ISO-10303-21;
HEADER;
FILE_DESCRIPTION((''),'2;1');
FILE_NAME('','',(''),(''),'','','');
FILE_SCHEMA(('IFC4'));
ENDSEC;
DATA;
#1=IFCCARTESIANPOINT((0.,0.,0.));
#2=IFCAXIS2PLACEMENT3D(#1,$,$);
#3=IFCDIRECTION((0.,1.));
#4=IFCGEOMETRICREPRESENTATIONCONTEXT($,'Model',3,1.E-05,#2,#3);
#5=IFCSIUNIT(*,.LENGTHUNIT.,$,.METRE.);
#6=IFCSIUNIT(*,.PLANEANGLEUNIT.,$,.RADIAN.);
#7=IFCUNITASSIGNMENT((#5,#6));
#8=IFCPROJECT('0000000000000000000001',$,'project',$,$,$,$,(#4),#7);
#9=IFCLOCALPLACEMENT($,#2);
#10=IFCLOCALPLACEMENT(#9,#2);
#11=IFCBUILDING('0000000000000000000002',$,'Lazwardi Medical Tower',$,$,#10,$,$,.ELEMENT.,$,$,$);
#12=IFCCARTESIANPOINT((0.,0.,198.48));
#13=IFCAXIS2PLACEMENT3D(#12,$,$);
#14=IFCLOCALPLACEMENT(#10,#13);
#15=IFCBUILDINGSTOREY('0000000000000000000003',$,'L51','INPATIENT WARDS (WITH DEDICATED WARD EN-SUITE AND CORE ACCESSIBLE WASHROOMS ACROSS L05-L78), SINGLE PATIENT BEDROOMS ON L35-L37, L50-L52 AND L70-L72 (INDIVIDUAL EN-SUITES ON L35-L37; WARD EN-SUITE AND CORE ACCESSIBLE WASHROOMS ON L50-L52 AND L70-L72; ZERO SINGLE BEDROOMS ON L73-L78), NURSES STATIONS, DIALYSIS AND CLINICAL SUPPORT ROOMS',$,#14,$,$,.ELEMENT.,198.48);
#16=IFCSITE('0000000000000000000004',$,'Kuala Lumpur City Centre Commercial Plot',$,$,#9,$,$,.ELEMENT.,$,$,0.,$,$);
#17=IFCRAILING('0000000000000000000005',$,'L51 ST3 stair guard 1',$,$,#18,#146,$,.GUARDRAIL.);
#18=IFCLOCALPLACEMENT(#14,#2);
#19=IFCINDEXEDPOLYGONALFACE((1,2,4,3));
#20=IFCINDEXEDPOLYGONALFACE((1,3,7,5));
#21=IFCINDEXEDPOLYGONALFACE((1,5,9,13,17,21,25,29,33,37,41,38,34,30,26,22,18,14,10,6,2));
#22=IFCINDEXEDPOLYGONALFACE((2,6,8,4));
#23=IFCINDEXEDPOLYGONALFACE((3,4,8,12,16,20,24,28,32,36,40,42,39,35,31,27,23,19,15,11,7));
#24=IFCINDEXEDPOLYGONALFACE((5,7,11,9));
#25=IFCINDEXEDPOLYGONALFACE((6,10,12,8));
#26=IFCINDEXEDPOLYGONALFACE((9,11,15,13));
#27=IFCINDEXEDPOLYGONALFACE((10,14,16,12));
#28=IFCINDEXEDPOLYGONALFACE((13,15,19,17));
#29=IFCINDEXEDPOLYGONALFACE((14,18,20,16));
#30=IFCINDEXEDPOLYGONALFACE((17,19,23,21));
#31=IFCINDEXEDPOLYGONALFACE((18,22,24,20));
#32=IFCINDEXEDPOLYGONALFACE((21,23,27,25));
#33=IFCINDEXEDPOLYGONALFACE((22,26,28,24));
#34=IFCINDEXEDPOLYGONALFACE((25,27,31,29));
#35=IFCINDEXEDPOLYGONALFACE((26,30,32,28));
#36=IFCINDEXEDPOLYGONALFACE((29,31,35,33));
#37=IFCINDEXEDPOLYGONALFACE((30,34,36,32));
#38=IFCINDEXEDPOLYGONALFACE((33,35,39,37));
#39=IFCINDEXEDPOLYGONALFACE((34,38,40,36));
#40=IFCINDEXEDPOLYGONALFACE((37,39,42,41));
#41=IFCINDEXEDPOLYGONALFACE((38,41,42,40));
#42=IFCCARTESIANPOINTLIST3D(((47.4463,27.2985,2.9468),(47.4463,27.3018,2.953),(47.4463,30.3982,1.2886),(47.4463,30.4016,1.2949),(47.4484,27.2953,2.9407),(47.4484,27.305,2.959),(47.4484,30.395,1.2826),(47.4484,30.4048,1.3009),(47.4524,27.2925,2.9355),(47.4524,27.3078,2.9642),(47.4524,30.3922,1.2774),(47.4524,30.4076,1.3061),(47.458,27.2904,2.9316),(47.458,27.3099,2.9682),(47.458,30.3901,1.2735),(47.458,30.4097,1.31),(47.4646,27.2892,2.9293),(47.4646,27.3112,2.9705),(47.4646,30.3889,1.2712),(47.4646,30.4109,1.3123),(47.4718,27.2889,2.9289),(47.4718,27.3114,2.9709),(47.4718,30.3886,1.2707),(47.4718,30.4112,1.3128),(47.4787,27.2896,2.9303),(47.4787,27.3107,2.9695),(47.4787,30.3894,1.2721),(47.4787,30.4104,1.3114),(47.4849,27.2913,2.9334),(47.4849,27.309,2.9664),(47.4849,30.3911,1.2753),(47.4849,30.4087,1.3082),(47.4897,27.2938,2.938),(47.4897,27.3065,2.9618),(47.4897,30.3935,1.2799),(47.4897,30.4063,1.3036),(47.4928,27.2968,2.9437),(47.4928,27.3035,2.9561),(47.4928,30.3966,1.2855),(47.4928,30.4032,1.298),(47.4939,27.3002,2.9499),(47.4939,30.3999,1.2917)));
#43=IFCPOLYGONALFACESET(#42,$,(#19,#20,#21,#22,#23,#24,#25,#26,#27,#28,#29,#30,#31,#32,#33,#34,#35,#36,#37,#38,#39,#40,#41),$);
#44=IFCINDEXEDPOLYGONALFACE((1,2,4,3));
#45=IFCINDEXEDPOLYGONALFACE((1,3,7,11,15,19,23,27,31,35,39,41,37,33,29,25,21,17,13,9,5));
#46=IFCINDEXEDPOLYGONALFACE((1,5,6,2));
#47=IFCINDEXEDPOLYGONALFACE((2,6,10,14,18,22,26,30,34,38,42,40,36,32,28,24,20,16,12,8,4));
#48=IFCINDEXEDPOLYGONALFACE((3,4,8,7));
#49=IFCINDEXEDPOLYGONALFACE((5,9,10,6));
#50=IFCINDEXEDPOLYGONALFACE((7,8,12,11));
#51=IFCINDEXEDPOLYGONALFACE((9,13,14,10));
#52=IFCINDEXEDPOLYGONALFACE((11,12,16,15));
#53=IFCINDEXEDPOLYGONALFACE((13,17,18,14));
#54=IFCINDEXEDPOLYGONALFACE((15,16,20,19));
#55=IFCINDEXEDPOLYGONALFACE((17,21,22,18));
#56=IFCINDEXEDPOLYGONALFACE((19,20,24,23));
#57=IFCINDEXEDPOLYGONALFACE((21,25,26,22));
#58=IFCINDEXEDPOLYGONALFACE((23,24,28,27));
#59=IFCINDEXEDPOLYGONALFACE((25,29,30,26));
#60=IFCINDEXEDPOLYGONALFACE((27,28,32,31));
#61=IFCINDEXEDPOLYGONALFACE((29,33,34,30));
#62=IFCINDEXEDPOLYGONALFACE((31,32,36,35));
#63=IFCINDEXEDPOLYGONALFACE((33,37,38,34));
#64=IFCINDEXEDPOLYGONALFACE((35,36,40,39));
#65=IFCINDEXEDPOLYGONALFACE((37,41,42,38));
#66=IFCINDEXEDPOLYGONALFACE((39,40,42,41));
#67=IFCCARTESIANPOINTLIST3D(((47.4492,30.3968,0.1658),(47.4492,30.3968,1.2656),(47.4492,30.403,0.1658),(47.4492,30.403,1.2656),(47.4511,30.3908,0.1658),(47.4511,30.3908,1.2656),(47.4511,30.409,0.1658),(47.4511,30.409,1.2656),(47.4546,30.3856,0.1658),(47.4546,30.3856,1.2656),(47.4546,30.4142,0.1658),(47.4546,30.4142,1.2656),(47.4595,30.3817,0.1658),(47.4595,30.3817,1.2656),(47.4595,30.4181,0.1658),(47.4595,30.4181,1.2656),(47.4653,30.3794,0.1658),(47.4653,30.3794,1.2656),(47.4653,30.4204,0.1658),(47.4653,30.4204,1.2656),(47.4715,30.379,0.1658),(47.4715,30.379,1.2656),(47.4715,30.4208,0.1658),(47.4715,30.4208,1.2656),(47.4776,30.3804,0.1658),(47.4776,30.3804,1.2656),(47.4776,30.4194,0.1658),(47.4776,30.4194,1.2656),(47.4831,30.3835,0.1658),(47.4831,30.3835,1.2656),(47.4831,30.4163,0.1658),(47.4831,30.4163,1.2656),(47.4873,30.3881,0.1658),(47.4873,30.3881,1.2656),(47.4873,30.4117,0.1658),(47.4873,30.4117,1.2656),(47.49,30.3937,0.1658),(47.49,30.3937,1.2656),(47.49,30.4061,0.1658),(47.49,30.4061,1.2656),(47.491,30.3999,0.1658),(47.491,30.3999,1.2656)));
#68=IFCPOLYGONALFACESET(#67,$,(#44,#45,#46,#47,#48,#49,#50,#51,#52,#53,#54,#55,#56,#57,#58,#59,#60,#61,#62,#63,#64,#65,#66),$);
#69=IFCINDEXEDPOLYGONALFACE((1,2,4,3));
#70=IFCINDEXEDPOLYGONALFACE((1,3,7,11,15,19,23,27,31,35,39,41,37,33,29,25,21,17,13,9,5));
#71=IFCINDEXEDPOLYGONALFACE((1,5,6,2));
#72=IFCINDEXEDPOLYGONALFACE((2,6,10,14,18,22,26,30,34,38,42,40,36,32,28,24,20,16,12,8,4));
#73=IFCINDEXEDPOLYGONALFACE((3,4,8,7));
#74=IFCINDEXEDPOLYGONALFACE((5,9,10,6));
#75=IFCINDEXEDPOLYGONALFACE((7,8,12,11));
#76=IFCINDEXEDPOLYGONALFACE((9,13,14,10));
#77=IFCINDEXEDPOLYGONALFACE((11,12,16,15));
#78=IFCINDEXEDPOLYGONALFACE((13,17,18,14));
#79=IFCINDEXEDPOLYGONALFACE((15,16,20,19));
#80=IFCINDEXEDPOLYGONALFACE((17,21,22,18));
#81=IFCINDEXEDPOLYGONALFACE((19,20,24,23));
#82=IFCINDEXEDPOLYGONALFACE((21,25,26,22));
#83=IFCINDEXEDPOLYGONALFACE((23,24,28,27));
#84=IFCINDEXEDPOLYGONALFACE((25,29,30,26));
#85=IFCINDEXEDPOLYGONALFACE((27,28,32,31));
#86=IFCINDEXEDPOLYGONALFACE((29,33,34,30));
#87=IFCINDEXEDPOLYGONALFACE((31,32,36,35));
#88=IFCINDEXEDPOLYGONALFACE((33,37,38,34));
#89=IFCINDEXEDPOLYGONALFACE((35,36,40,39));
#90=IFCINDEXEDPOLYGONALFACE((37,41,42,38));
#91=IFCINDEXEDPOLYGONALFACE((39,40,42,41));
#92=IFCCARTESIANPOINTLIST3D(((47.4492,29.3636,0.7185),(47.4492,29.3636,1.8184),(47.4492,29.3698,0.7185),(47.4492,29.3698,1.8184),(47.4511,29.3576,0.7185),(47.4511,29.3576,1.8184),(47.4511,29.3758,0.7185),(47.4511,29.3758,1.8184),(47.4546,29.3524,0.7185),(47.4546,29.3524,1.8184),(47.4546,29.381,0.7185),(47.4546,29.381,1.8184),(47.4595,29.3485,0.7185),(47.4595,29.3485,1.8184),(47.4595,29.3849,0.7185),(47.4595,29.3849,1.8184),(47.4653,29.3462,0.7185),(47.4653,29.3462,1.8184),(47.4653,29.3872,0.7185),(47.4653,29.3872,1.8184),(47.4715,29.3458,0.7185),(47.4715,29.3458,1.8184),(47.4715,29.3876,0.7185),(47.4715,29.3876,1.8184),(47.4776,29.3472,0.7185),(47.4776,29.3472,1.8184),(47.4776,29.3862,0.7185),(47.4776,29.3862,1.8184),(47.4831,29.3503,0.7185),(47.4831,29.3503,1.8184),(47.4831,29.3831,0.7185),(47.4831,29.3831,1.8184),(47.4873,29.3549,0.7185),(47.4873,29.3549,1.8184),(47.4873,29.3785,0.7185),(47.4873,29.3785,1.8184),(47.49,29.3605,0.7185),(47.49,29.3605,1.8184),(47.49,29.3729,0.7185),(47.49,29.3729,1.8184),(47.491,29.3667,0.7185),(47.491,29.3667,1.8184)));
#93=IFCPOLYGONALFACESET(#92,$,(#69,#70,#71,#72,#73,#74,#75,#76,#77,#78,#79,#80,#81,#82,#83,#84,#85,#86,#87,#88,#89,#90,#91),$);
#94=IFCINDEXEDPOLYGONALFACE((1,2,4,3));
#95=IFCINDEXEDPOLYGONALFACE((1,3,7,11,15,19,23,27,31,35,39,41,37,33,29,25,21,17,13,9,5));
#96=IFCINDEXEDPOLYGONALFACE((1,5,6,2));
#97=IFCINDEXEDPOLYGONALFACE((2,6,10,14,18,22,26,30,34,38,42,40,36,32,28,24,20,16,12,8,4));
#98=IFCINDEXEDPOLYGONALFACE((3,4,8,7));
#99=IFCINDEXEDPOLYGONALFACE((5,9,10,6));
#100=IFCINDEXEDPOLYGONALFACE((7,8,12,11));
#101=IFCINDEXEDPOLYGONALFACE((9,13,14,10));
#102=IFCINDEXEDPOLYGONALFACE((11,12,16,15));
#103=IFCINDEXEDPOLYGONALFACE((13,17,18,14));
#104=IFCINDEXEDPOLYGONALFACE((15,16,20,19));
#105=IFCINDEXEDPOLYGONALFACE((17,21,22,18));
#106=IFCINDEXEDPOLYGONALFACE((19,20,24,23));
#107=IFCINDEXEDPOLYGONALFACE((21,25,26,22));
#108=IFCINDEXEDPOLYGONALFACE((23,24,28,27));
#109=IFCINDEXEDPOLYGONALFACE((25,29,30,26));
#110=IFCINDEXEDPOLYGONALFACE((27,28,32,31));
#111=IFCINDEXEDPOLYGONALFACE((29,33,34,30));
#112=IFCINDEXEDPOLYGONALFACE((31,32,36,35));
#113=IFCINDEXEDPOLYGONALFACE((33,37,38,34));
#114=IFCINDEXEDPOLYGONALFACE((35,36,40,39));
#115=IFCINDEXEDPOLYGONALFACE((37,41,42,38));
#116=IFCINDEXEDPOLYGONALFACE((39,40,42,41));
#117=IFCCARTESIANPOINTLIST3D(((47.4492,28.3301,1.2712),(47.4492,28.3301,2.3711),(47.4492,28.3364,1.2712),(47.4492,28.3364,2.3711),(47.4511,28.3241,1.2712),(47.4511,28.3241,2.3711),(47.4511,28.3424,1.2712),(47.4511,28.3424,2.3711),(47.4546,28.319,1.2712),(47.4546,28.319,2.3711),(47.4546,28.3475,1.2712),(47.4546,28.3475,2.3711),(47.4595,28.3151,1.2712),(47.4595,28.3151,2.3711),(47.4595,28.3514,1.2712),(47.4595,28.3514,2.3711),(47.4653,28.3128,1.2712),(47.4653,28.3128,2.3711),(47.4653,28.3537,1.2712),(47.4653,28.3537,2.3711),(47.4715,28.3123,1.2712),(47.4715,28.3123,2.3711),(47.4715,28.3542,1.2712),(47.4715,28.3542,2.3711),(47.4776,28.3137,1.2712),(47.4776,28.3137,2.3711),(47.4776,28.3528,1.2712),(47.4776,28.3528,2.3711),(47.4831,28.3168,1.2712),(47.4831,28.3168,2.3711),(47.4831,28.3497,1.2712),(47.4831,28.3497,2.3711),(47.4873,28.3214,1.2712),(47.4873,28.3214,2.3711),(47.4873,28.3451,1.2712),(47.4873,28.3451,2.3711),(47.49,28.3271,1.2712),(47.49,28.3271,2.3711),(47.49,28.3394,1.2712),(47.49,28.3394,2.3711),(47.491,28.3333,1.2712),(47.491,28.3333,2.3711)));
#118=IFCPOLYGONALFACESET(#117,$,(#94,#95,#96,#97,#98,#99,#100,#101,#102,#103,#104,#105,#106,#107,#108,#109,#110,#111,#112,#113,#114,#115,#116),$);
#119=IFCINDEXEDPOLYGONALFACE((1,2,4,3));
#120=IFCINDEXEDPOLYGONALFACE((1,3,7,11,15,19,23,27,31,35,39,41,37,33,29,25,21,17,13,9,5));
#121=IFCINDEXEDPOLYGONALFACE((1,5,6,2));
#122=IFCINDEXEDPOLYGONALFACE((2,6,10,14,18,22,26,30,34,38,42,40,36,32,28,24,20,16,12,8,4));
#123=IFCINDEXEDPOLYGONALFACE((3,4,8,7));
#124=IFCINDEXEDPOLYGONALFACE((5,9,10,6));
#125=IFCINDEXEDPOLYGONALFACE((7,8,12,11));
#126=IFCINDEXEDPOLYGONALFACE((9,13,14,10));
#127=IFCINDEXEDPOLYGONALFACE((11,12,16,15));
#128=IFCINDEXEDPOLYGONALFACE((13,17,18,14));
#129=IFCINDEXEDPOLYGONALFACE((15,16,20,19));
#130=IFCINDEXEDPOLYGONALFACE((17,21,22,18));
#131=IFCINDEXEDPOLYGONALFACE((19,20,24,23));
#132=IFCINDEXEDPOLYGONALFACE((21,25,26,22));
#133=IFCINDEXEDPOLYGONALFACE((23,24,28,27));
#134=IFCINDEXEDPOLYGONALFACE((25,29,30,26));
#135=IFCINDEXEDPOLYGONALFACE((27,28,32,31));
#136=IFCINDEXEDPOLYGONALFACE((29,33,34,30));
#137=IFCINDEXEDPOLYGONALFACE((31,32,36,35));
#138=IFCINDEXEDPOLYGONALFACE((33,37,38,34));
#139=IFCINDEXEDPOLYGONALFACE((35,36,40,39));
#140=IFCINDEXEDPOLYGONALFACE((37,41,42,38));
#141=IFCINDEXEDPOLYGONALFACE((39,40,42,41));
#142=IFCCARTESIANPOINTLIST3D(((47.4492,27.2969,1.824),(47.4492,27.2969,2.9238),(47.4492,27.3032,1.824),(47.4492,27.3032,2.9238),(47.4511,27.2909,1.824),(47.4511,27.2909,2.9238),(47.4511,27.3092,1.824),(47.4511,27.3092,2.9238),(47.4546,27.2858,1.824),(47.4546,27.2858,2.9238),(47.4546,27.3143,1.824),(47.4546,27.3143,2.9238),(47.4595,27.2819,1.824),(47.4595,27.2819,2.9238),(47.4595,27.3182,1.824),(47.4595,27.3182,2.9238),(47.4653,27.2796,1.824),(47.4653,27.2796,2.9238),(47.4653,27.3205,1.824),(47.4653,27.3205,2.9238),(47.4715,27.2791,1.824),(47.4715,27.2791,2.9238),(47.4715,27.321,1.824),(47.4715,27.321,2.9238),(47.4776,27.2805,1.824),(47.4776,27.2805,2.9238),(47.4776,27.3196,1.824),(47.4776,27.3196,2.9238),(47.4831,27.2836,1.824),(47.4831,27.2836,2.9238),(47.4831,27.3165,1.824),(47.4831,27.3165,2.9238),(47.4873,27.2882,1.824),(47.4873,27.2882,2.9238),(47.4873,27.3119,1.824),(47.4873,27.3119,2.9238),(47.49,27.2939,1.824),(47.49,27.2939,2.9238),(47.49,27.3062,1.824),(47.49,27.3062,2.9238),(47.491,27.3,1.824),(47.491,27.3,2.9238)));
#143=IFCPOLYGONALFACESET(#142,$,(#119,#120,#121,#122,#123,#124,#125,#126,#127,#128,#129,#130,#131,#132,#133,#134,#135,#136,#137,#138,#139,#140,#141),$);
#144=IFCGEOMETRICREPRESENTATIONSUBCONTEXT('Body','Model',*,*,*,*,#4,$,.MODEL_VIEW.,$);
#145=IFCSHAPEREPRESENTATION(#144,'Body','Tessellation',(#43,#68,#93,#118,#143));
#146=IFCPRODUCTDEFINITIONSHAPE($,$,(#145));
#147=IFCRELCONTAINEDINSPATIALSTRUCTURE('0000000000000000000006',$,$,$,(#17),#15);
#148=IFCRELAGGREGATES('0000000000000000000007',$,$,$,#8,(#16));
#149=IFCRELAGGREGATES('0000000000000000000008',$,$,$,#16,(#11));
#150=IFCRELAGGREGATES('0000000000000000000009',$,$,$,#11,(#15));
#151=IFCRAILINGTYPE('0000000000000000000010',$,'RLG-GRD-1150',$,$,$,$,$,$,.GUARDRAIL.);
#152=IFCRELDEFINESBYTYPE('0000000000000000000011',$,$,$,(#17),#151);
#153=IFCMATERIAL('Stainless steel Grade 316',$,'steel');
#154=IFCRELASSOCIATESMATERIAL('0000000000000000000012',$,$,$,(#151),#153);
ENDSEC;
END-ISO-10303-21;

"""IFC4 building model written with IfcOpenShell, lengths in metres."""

from ifc_helpers import new_model, si_unit, direction, frame, origin, origin_2d, place, context, subcontext, project, spatial, circle, extrude, material, type_object, element, save


model = new_model("IFC4")

# Units and contexts
model_context = context("Model", 3, precision=1e-05, world=origin(), true_north=direction((0.0, 1.0)))
body_context = subcontext(model_context, "Body", "Model", "MODEL_VIEW")
ifc_project = project(units=[si_unit("LENGTHUNIT", "METRE"), si_unit("PLANEANGLEUNIT", "RADIAN")], contexts=[model_context])

# Site, building, storey
site_placement = place(None, origin())
site = spatial("IfcSite", under=ifc_project, at=site_placement, Name="Kuala Lumpur City Centre Commercial Plot", CompositionType="ELEMENT", RefElevation=0.0)
building_placement = place(site_placement, origin())
building = spatial("IfcBuilding", under=site, at=building_placement, Name="Lazwardi Medical Tower", CompositionType="ELEMENT")
storey_placement = place(building_placement, frame((0.0, 0.0, 198.48)))
storey = spatial("IfcBuildingStorey", under=building, at=storey_placement, Name="L51", Description="INPATIENT WARDS (WITH DEDICATED WARD EN-SUITE AND CORE ACCESSIBLE WASHROOMS ACROSS L05-L78), SINGLE PATIENT BEDROOMS ON L35-L37, L50-L52 AND L70-L72 (INDIVIDUAL EN-SUITES ON L35-L37; WARD EN-SUITE AND CORE ACCESSIBLE WASHROOMS ON L50-L52 AND L70-L72; ZERO SINGLE BEDROOMS ON L73-L78), NURSES STATIONS, DIALYSIS AND CLINICAL SUPPORT ROOMS", CompositionType="ELEMENT", Elevation=198.48)

# Railing
ifc_material_1 = material(Name="Stainless steel Grade 316", Category="steel")
railing_type = type_object("IfcRailingType", Name="RLG-GRD-1150", PredefinedType="GUARDRAIL", material=ifc_material_1)
railing_1_placement = place(storey_placement, frame((47.47, 30.3999, 0.1658)))
element("IfcRailing", 1, at=railing_1_placement, inside=storey, type_object=railing_type, Name="L51 ST3 stair guard 1", PredefinedType="GUARDRAIL", context=body_context, shape_type="SweptSolid", body=[
    extrude(circle(Radius=0.0239, at=origin_2d()), frame((0.0, 0.0, 1.126), z_axis=(0.0, -0.881768, 0.471684), x_axis=(1.0, 0.0, 0.0)), (0.0, 0.0, 1.0), 3.5154),
    extrude(circle(Radius=0.021, at=origin_2d()), origin(), (0.0, 0.0, 1.0), 1.0999),
    extrude(circle(Radius=0.021, at=origin_2d()), frame((0.0, -1.0332, 0.5527)), (0.0, 0.0, 1.0), 1.0999),
    extrude(circle(Radius=0.021, at=origin_2d()), frame((0.0, -2.0667, 1.1055)), (0.0, 0.0, 1.0), 1.0999),
    extrude(circle(Radius=0.021, at=origin_2d()), frame((0.0, -3.0999, 1.6582)), (0.0, 0.0, 1.0), 1.0999),
])

save(model, "model.ifc")
